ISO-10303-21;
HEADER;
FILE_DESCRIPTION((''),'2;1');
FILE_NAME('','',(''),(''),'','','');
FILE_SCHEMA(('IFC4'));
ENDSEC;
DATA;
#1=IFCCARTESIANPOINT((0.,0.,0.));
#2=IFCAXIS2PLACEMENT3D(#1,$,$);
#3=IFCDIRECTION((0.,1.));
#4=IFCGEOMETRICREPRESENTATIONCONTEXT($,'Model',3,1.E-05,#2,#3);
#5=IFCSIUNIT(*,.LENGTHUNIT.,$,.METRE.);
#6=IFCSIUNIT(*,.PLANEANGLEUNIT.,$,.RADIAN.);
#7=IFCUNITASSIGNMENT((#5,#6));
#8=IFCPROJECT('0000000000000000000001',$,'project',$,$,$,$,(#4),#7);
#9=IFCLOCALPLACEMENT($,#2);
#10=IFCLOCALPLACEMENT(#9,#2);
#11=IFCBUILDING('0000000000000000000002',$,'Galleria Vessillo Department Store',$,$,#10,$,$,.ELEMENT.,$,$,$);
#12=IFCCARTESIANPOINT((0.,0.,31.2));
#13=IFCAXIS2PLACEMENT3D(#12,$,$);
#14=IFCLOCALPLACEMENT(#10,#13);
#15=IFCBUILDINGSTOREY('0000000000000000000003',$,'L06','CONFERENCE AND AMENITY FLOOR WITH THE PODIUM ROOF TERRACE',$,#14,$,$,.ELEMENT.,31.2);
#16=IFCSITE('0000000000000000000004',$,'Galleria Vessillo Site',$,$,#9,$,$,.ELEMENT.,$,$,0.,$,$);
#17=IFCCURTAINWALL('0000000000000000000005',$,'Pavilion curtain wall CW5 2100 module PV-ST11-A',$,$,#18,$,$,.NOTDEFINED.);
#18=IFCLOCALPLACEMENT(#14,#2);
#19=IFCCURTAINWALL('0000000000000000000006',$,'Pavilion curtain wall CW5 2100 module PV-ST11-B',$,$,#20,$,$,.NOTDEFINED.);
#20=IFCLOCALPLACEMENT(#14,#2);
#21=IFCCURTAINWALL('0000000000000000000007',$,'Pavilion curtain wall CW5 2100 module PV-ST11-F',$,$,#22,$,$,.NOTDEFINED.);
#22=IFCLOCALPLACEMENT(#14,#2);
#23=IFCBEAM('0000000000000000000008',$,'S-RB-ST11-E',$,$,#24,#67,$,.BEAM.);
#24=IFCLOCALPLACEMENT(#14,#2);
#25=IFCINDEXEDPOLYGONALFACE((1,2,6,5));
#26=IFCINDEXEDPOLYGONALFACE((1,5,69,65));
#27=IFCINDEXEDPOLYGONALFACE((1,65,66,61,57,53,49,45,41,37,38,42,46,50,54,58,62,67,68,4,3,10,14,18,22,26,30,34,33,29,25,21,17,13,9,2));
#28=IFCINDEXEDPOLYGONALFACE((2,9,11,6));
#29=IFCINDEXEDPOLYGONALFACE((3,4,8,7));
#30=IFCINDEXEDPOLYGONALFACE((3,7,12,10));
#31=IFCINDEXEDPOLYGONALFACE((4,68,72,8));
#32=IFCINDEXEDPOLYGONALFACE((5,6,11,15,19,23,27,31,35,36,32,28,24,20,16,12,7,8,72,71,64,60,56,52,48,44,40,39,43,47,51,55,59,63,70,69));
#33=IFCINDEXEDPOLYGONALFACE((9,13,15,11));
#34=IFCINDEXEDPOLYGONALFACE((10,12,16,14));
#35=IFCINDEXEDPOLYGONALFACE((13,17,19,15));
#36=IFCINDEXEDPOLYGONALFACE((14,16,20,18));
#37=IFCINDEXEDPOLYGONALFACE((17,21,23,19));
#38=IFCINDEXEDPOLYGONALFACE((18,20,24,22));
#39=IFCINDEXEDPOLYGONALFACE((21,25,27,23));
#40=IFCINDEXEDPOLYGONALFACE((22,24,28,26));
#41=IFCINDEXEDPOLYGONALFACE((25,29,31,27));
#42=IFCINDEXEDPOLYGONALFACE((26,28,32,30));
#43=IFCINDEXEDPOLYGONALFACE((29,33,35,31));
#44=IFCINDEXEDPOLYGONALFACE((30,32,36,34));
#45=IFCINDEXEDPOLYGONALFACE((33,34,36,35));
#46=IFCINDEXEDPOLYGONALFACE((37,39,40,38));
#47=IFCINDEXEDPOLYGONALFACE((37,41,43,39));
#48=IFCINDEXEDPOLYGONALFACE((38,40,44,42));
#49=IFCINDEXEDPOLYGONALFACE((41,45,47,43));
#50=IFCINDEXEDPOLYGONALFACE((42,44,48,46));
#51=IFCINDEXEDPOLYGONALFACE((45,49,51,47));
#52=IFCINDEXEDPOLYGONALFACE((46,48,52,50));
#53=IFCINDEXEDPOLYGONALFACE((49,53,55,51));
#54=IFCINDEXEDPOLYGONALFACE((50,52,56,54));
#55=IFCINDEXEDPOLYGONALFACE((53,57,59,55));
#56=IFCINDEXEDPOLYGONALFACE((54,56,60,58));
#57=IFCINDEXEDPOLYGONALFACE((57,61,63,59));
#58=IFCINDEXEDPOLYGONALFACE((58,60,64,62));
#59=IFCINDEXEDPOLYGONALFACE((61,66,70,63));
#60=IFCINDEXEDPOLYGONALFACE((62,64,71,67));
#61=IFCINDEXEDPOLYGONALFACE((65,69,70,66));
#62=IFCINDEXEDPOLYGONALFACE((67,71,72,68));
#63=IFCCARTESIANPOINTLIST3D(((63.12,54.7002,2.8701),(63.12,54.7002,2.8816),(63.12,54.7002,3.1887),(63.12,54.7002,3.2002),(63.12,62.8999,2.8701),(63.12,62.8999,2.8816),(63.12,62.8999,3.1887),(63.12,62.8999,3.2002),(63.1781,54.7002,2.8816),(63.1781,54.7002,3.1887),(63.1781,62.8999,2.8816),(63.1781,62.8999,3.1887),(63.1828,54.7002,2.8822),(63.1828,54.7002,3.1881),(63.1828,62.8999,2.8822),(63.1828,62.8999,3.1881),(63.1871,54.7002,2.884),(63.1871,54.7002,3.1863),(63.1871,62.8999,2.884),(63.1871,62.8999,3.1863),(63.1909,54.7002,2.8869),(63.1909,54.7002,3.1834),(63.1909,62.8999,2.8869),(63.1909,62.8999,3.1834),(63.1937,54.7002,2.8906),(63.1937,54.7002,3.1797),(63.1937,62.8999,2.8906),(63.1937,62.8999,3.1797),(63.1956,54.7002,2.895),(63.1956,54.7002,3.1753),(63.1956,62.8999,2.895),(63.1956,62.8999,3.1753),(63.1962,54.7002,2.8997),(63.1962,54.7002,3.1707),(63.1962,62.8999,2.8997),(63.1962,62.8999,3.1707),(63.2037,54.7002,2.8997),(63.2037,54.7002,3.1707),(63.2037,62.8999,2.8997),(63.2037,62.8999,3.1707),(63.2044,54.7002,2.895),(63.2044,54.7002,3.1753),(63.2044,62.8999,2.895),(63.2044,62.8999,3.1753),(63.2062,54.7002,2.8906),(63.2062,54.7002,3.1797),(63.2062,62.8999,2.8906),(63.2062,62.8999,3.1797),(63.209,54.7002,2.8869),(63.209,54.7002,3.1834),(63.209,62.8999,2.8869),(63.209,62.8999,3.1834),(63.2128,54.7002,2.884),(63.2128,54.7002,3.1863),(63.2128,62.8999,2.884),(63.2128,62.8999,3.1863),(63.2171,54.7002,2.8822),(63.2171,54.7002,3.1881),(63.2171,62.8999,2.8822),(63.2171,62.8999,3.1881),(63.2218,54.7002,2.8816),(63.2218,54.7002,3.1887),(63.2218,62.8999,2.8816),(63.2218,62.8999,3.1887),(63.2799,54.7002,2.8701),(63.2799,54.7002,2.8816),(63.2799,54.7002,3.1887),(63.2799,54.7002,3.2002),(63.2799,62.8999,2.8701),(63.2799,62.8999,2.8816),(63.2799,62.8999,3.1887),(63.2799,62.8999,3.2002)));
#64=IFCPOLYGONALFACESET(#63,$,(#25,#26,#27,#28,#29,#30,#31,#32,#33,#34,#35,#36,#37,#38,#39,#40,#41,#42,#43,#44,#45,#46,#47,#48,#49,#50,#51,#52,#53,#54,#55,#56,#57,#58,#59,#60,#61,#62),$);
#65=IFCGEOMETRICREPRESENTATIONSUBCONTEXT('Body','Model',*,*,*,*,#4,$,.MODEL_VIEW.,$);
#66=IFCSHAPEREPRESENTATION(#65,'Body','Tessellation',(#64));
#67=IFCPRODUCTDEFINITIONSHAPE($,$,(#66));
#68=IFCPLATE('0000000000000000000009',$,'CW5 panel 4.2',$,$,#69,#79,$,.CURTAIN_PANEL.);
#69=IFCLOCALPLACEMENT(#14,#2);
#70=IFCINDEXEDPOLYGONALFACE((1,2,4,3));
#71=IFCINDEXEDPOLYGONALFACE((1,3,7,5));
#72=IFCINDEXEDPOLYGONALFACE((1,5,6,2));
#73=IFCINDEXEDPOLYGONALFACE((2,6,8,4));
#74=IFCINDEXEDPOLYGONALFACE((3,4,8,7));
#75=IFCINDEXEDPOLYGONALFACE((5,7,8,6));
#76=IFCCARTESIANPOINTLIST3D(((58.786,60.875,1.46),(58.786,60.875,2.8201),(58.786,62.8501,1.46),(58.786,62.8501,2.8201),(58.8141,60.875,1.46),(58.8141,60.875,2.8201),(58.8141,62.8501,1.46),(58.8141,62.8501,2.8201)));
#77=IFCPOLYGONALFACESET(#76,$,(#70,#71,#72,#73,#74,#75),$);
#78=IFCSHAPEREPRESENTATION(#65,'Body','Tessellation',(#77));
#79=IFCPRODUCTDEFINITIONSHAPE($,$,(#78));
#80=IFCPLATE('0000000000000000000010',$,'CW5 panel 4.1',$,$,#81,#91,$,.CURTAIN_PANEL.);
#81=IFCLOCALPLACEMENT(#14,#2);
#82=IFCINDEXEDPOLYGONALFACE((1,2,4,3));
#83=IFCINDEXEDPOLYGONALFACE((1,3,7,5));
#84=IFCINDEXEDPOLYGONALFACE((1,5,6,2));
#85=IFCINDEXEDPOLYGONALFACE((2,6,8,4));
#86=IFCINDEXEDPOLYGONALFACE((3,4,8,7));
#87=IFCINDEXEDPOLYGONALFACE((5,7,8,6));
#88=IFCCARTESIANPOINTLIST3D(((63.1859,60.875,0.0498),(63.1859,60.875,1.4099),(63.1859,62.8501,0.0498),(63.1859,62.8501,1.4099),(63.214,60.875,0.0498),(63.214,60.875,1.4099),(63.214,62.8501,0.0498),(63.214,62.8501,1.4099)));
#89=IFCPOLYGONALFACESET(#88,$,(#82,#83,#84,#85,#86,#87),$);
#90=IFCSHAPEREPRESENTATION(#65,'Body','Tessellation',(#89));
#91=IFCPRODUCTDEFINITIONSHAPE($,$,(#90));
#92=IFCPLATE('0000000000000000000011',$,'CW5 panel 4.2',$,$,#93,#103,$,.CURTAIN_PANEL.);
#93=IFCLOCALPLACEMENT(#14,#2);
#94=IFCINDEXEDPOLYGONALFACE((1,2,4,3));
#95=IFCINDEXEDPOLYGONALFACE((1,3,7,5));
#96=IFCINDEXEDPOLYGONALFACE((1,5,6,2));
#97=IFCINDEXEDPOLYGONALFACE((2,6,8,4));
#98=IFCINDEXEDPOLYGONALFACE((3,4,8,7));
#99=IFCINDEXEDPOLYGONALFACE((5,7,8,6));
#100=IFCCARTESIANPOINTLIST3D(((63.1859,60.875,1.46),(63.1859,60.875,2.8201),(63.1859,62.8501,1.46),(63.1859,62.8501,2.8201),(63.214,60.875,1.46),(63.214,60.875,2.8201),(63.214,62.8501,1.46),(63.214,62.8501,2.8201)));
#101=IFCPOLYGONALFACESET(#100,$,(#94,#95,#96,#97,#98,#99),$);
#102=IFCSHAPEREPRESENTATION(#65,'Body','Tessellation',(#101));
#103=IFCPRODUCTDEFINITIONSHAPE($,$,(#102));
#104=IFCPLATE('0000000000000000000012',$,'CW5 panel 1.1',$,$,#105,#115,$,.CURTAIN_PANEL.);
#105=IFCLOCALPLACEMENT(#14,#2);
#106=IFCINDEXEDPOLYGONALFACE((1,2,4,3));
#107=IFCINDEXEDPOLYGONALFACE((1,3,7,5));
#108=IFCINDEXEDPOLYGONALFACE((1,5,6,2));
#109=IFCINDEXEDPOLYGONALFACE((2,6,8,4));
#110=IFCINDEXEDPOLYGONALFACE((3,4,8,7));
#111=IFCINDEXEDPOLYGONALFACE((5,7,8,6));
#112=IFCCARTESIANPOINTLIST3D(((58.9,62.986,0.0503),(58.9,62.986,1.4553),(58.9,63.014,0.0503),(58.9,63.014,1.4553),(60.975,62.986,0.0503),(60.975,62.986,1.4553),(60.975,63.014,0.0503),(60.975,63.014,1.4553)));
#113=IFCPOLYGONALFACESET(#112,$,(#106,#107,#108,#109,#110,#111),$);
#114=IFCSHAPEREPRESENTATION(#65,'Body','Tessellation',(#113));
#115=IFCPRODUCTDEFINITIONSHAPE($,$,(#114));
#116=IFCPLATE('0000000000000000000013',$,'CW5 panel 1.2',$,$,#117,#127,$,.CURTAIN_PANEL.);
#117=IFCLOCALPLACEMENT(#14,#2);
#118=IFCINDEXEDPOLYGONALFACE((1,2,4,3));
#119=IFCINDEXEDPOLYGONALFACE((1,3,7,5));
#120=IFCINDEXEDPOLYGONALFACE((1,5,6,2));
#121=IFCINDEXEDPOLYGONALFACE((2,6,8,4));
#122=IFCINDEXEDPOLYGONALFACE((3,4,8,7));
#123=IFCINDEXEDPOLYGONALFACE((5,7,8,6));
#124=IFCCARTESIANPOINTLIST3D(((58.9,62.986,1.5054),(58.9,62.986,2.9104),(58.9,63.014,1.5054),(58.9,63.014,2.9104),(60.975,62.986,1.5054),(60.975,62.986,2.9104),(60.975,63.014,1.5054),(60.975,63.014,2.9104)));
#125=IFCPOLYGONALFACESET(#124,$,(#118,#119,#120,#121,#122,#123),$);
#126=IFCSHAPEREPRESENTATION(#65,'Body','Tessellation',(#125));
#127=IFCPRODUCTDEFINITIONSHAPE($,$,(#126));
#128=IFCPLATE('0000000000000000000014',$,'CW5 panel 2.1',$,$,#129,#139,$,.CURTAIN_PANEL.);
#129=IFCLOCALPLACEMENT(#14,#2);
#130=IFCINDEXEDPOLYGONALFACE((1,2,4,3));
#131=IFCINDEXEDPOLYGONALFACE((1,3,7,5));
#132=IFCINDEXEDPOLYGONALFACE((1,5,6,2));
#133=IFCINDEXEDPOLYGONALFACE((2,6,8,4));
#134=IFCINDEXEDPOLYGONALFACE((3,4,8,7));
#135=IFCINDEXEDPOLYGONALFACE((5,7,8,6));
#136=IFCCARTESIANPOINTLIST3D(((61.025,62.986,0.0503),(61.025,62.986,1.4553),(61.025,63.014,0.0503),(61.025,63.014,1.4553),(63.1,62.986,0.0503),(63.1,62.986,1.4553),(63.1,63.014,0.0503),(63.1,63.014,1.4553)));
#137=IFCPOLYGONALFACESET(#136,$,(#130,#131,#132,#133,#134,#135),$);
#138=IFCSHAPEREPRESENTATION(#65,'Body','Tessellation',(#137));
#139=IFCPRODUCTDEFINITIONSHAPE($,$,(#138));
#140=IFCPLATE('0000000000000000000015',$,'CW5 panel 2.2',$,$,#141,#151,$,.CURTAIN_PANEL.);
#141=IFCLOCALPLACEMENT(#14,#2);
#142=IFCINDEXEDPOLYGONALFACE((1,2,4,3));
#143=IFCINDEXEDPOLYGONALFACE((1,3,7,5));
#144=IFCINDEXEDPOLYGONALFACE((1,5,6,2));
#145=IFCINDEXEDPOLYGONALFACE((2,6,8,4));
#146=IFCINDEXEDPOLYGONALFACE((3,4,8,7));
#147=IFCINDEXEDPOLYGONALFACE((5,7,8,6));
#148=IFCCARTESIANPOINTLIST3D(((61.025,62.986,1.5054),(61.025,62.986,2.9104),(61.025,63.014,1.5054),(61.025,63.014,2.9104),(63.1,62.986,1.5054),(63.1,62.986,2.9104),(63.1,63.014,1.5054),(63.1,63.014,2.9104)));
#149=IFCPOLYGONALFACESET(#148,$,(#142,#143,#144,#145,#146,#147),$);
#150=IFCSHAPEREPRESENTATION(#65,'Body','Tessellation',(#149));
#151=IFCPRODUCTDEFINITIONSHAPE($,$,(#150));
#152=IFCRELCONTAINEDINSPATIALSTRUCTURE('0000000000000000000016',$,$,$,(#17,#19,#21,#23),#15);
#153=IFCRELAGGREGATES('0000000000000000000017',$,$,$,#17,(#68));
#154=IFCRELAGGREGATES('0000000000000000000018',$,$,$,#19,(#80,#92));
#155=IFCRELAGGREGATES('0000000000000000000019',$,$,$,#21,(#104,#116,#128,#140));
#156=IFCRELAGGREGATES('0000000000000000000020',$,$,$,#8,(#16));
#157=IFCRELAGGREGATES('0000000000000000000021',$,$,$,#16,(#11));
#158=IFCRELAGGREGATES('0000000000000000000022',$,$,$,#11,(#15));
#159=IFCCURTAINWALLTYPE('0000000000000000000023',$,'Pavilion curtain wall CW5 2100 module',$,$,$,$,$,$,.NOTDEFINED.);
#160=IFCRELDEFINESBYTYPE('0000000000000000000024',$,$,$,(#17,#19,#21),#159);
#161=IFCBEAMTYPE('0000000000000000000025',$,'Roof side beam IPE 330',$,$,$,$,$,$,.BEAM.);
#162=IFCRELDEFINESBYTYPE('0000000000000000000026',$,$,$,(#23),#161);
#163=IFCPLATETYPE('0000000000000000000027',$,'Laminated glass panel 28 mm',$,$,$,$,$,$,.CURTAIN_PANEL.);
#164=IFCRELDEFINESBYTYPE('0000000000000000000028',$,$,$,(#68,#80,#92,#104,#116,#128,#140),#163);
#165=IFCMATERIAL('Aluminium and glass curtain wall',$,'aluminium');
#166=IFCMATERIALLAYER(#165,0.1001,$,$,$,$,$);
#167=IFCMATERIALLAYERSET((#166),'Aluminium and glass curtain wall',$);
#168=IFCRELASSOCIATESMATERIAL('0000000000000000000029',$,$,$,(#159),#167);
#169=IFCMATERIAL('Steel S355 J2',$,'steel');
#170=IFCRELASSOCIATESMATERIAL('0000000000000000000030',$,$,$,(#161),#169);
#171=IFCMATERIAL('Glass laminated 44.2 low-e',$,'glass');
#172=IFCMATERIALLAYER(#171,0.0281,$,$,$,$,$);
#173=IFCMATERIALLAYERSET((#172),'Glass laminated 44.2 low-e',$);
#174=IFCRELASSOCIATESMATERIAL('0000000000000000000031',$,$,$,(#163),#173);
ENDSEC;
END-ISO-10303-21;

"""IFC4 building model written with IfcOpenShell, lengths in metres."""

from ifc_helpers import new_model, si_unit, direction, frame, origin, origin_2d, place, context, subcontext, project, spatial, rectangle, i_section, extrude, material, layer, layer_set, material_profile, profile_set, type_object, element, aggregate, save


model = new_model("IFC4")

# Units and contexts
model_context = context("Model", 3, precision=1e-05, world=origin(), true_north=direction((0.0, 1.0)))
body_context = subcontext(model_context, "Body", "Model", "MODEL_VIEW")
ifc_project = project(units=[si_unit("LENGTHUNIT", "METRE"), si_unit("PLANEANGLEUNIT", "RADIAN")], contexts=[model_context])

# Site, building, storey
site_placement = place(None, origin())
site = spatial("IfcSite", under=ifc_project, at=site_placement, Name="Galleria Vessillo Site", CompositionType="ELEMENT", RefElevation=0.0)
building_placement = place(site_placement, origin())
building = spatial("IfcBuilding", under=site, at=building_placement, Name="Galleria Vessillo Department Store", CompositionType="ELEMENT")
storey_placement = place(building_placement, frame((0.0, 0.0, 31.2)))
storey = spatial("IfcBuildingStorey", under=building, at=storey_placement, Name="L06", Description="CONFERENCE AND AMENITY FLOOR WITH THE PODIUM ROOF TERRACE", CompositionType="ELEMENT", Elevation=31.2)

# Curtain walls
ifc_material_1 = material(Name="Aluminium and glass curtain wall", Category="aluminium")
ifc_layer_1 = layer(ifc_material_1, 0.1001)
ifc_layer_set_1 = layer_set([ifc_layer_1], Name="Aluminium and glass curtain wall")
curtain_wall_type = type_object("IfcCurtainWallType", Name="Pavilion curtain wall CW5 2100 module", PredefinedType="NOTDEFINED", material=ifc_layer_set_1)
curtain_wall_1_placement = place(storey_placement, origin())
curtain_wall_1 = element("IfcCurtainWall", 1, at=curtain_wall_1_placement, inside=storey, type_object=curtain_wall_type, Name="Pavilion curtain wall CW5 2100 module PV-ST11-A", PredefinedType="NOTDEFINED")
curtain_wall_2_placement = place(storey_placement, origin())
curtain_wall_2 = element("IfcCurtainWall", 2, at=curtain_wall_2_placement, inside=storey, type_object=curtain_wall_type, Name="Pavilion curtain wall CW5 2100 module PV-ST11-B", PredefinedType="NOTDEFINED")

# Curtain wall
curtain_wall_3_placement = place(storey_placement, origin())
curtain_wall_3 = element("IfcCurtainWall", 3, at=curtain_wall_3_placement, inside=storey, type_object=curtain_wall_type, Name="Pavilion curtain wall CW5 2100 module PV-ST11-F", PredefinedType="NOTDEFINED")

# Beam
ifc_material_2 = material(Name="Steel S355 J2", Category="steel")
ifc_material_profile_1 = material_profile(ifc_material_2, i_section(OverallWidth=0.1599, OverallDepth=0.3301, WebThickness=0.0076, FlangeThickness=0.0115, FilletRadius=0.0181, at=origin_2d()), Name="IPE 330")
ifc_profile_set_1 = profile_set([ifc_material_profile_1], Name="Steel S355 J2")
beam_type_1 = type_object("IfcBeamType", Name="Roof side beam IPE 330", PredefinedType="BEAM", material=ifc_profile_set_1)
for number, where, z_axis, x_axis, name in (
    (4, (63.2, 62.8999, 3.0352), (0.0, -1.0, 0.0), (1.0, 0.0, 0.0), "S-RB-ST11-E"),
):
    element("IfcBeam", number, at=place(storey_placement, frame(where, z_axis=z_axis, x_axis=x_axis)), inside=storey, type_object=beam_type_1, Name=name, PredefinedType="BEAM", context=body_context, shape_type="SweptSolid", body=[
        extrude(i_section(OverallWidth=0.1599, OverallDepth=0.3301, WebThickness=0.0076, FlangeThickness=0.0115, FilletRadius=0.0181, at=origin_2d()), origin(), (0.0, 0.0, 1.0), 8.1997),
    ])

# Plates
ifc_material_3 = material(Name="Glass laminated 44.2 low-e", Category="glass")
ifc_layer_2 = layer(ifc_material_3, 0.0281)
ifc_layer_set_2 = layer_set([ifc_layer_2], Name="Glass laminated 44.2 low-e")
plate_type = type_object("IfcPlateType", Name="Laminated glass panel 28 mm", PredefinedType="CURTAIN_PANEL", material=ifc_layer_set_2)
plate_1_placement = place(storey_placement, frame((58.8, 61.8625, 1.46), z_axis=(0.0, 0.0, 1.0), x_axis=(0.0, 1.0, 0.0)))
plate_1 = element("IfcPlate", 5, at=plate_1_placement, type_object=plate_type, Name="CW5 panel 4.2", PredefinedType="CURTAIN_PANEL", context=body_context, shape_type="SweptSolid", body=[
    extrude(rectangle(XDim=1.9751, YDim=0.0281, at=origin_2d()), origin(), (0.0, 0.0, 1.0), 1.3601),
])
aggregate(curtain_wall_1, [plate_1])
plate_2_placement = place(storey_placement, frame((63.2, 61.8625, 0.0498), z_axis=(0.0, 0.0, 1.0), x_axis=(0.0, 1.0, 0.0)))
plate_2 = element("IfcPlate", 6, at=plate_2_placement, type_object=plate_type, Name="CW5 panel 4.1", PredefinedType="CURTAIN_PANEL", context=body_context, shape_type="SweptSolid", body=[
    extrude(rectangle(XDim=1.9751, YDim=0.0281, at=origin_2d()), origin(), (0.0, 0.0, 1.0), 1.3601),
])
plate_3_placement = place(storey_placement, frame((63.2, 61.8625, 1.46), z_axis=(0.0, 0.0, 1.0), x_axis=(0.0, 1.0, 0.0)))
plate_3 = element("IfcPlate", 7, at=plate_3_placement, type_object=plate_type, Name="CW5 panel 4.2", PredefinedType="CURTAIN_PANEL", context=body_context, shape_type="SweptSolid", body=[
    extrude(rectangle(XDim=1.9751, YDim=0.0281, at=origin_2d()), origin(), (0.0, 0.0, 1.0), 1.3601),
])
aggregate(curtain_wall_2, [plate_2, plate_3])
plate_4_placement = place(storey_placement, frame((59.9375, 63.0, 0.0503), z_axis=(0.0, 0.0, 1.0), x_axis=(1.0, 0.0, 0.0)))
plate_4 = element("IfcPlate", 8, at=plate_4_placement, type_object=plate_type, Name="CW5 panel 1.1", PredefinedType="CURTAIN_PANEL", context=body_context, shape_type="SweptSolid", body=[
    extrude(rectangle(XDim=2.075, YDim=0.0281, at=origin_2d()), origin(), (0.0, 0.0, 1.0), 1.405),
])
plate_5_placement = place(storey_placement, frame((59.9375, 63.0, 1.5054), z_axis=(0.0, 0.0, 1.0), x_axis=(1.0, 0.0, 0.0)))
plate_5 = element("IfcPlate", 9, at=plate_5_placement, type_object=plate_type, Name="CW5 panel 1.2", PredefinedType="CURTAIN_PANEL", context=body_context, shape_type="SweptSolid", body=[
    extrude(rectangle(XDim=2.075, YDim=0.0281, at=origin_2d()), origin(), (0.0, 0.0, 1.0), 1.405),
])
plate_6_placement = place(storey_placement, frame((62.0625, 63.0, 0.0503), z_axis=(0.0, 0.0, 1.0), x_axis=(1.0, 0.0, 0.0)))
plate_6 = element("IfcPlate", 10, at=plate_6_placement, type_object=plate_type, Name="CW5 panel 2.1", PredefinedType="CURTAIN_PANEL", context=body_context, shape_type="SweptSolid", body=[
    extrude(rectangle(XDim=2.075, YDim=0.0281, at=origin_2d()), origin(), (0.0, 0.0, 1.0), 1.405),
])
plate_7_placement = place(storey_placement, frame((62.0625, 63.0, 1.5054), z_axis=(0.0, 0.0, 1.0), x_axis=(1.0, 0.0, 0.0)))
plate_7 = element("IfcPlate", 11, at=plate_7_placement, type_object=plate_type, Name="CW5 panel 2.2", PredefinedType="CURTAIN_PANEL", context=body_context, shape_type="SweptSolid", body=[
    extrude(rectangle(XDim=2.075, YDim=0.0281, at=origin_2d()), origin(), (0.0, 0.0, 1.0), 1.405),
])
aggregate(curtain_wall_3, [plate_4, plate_5, plate_6, plate_7])

save(model, "model.ifc")
